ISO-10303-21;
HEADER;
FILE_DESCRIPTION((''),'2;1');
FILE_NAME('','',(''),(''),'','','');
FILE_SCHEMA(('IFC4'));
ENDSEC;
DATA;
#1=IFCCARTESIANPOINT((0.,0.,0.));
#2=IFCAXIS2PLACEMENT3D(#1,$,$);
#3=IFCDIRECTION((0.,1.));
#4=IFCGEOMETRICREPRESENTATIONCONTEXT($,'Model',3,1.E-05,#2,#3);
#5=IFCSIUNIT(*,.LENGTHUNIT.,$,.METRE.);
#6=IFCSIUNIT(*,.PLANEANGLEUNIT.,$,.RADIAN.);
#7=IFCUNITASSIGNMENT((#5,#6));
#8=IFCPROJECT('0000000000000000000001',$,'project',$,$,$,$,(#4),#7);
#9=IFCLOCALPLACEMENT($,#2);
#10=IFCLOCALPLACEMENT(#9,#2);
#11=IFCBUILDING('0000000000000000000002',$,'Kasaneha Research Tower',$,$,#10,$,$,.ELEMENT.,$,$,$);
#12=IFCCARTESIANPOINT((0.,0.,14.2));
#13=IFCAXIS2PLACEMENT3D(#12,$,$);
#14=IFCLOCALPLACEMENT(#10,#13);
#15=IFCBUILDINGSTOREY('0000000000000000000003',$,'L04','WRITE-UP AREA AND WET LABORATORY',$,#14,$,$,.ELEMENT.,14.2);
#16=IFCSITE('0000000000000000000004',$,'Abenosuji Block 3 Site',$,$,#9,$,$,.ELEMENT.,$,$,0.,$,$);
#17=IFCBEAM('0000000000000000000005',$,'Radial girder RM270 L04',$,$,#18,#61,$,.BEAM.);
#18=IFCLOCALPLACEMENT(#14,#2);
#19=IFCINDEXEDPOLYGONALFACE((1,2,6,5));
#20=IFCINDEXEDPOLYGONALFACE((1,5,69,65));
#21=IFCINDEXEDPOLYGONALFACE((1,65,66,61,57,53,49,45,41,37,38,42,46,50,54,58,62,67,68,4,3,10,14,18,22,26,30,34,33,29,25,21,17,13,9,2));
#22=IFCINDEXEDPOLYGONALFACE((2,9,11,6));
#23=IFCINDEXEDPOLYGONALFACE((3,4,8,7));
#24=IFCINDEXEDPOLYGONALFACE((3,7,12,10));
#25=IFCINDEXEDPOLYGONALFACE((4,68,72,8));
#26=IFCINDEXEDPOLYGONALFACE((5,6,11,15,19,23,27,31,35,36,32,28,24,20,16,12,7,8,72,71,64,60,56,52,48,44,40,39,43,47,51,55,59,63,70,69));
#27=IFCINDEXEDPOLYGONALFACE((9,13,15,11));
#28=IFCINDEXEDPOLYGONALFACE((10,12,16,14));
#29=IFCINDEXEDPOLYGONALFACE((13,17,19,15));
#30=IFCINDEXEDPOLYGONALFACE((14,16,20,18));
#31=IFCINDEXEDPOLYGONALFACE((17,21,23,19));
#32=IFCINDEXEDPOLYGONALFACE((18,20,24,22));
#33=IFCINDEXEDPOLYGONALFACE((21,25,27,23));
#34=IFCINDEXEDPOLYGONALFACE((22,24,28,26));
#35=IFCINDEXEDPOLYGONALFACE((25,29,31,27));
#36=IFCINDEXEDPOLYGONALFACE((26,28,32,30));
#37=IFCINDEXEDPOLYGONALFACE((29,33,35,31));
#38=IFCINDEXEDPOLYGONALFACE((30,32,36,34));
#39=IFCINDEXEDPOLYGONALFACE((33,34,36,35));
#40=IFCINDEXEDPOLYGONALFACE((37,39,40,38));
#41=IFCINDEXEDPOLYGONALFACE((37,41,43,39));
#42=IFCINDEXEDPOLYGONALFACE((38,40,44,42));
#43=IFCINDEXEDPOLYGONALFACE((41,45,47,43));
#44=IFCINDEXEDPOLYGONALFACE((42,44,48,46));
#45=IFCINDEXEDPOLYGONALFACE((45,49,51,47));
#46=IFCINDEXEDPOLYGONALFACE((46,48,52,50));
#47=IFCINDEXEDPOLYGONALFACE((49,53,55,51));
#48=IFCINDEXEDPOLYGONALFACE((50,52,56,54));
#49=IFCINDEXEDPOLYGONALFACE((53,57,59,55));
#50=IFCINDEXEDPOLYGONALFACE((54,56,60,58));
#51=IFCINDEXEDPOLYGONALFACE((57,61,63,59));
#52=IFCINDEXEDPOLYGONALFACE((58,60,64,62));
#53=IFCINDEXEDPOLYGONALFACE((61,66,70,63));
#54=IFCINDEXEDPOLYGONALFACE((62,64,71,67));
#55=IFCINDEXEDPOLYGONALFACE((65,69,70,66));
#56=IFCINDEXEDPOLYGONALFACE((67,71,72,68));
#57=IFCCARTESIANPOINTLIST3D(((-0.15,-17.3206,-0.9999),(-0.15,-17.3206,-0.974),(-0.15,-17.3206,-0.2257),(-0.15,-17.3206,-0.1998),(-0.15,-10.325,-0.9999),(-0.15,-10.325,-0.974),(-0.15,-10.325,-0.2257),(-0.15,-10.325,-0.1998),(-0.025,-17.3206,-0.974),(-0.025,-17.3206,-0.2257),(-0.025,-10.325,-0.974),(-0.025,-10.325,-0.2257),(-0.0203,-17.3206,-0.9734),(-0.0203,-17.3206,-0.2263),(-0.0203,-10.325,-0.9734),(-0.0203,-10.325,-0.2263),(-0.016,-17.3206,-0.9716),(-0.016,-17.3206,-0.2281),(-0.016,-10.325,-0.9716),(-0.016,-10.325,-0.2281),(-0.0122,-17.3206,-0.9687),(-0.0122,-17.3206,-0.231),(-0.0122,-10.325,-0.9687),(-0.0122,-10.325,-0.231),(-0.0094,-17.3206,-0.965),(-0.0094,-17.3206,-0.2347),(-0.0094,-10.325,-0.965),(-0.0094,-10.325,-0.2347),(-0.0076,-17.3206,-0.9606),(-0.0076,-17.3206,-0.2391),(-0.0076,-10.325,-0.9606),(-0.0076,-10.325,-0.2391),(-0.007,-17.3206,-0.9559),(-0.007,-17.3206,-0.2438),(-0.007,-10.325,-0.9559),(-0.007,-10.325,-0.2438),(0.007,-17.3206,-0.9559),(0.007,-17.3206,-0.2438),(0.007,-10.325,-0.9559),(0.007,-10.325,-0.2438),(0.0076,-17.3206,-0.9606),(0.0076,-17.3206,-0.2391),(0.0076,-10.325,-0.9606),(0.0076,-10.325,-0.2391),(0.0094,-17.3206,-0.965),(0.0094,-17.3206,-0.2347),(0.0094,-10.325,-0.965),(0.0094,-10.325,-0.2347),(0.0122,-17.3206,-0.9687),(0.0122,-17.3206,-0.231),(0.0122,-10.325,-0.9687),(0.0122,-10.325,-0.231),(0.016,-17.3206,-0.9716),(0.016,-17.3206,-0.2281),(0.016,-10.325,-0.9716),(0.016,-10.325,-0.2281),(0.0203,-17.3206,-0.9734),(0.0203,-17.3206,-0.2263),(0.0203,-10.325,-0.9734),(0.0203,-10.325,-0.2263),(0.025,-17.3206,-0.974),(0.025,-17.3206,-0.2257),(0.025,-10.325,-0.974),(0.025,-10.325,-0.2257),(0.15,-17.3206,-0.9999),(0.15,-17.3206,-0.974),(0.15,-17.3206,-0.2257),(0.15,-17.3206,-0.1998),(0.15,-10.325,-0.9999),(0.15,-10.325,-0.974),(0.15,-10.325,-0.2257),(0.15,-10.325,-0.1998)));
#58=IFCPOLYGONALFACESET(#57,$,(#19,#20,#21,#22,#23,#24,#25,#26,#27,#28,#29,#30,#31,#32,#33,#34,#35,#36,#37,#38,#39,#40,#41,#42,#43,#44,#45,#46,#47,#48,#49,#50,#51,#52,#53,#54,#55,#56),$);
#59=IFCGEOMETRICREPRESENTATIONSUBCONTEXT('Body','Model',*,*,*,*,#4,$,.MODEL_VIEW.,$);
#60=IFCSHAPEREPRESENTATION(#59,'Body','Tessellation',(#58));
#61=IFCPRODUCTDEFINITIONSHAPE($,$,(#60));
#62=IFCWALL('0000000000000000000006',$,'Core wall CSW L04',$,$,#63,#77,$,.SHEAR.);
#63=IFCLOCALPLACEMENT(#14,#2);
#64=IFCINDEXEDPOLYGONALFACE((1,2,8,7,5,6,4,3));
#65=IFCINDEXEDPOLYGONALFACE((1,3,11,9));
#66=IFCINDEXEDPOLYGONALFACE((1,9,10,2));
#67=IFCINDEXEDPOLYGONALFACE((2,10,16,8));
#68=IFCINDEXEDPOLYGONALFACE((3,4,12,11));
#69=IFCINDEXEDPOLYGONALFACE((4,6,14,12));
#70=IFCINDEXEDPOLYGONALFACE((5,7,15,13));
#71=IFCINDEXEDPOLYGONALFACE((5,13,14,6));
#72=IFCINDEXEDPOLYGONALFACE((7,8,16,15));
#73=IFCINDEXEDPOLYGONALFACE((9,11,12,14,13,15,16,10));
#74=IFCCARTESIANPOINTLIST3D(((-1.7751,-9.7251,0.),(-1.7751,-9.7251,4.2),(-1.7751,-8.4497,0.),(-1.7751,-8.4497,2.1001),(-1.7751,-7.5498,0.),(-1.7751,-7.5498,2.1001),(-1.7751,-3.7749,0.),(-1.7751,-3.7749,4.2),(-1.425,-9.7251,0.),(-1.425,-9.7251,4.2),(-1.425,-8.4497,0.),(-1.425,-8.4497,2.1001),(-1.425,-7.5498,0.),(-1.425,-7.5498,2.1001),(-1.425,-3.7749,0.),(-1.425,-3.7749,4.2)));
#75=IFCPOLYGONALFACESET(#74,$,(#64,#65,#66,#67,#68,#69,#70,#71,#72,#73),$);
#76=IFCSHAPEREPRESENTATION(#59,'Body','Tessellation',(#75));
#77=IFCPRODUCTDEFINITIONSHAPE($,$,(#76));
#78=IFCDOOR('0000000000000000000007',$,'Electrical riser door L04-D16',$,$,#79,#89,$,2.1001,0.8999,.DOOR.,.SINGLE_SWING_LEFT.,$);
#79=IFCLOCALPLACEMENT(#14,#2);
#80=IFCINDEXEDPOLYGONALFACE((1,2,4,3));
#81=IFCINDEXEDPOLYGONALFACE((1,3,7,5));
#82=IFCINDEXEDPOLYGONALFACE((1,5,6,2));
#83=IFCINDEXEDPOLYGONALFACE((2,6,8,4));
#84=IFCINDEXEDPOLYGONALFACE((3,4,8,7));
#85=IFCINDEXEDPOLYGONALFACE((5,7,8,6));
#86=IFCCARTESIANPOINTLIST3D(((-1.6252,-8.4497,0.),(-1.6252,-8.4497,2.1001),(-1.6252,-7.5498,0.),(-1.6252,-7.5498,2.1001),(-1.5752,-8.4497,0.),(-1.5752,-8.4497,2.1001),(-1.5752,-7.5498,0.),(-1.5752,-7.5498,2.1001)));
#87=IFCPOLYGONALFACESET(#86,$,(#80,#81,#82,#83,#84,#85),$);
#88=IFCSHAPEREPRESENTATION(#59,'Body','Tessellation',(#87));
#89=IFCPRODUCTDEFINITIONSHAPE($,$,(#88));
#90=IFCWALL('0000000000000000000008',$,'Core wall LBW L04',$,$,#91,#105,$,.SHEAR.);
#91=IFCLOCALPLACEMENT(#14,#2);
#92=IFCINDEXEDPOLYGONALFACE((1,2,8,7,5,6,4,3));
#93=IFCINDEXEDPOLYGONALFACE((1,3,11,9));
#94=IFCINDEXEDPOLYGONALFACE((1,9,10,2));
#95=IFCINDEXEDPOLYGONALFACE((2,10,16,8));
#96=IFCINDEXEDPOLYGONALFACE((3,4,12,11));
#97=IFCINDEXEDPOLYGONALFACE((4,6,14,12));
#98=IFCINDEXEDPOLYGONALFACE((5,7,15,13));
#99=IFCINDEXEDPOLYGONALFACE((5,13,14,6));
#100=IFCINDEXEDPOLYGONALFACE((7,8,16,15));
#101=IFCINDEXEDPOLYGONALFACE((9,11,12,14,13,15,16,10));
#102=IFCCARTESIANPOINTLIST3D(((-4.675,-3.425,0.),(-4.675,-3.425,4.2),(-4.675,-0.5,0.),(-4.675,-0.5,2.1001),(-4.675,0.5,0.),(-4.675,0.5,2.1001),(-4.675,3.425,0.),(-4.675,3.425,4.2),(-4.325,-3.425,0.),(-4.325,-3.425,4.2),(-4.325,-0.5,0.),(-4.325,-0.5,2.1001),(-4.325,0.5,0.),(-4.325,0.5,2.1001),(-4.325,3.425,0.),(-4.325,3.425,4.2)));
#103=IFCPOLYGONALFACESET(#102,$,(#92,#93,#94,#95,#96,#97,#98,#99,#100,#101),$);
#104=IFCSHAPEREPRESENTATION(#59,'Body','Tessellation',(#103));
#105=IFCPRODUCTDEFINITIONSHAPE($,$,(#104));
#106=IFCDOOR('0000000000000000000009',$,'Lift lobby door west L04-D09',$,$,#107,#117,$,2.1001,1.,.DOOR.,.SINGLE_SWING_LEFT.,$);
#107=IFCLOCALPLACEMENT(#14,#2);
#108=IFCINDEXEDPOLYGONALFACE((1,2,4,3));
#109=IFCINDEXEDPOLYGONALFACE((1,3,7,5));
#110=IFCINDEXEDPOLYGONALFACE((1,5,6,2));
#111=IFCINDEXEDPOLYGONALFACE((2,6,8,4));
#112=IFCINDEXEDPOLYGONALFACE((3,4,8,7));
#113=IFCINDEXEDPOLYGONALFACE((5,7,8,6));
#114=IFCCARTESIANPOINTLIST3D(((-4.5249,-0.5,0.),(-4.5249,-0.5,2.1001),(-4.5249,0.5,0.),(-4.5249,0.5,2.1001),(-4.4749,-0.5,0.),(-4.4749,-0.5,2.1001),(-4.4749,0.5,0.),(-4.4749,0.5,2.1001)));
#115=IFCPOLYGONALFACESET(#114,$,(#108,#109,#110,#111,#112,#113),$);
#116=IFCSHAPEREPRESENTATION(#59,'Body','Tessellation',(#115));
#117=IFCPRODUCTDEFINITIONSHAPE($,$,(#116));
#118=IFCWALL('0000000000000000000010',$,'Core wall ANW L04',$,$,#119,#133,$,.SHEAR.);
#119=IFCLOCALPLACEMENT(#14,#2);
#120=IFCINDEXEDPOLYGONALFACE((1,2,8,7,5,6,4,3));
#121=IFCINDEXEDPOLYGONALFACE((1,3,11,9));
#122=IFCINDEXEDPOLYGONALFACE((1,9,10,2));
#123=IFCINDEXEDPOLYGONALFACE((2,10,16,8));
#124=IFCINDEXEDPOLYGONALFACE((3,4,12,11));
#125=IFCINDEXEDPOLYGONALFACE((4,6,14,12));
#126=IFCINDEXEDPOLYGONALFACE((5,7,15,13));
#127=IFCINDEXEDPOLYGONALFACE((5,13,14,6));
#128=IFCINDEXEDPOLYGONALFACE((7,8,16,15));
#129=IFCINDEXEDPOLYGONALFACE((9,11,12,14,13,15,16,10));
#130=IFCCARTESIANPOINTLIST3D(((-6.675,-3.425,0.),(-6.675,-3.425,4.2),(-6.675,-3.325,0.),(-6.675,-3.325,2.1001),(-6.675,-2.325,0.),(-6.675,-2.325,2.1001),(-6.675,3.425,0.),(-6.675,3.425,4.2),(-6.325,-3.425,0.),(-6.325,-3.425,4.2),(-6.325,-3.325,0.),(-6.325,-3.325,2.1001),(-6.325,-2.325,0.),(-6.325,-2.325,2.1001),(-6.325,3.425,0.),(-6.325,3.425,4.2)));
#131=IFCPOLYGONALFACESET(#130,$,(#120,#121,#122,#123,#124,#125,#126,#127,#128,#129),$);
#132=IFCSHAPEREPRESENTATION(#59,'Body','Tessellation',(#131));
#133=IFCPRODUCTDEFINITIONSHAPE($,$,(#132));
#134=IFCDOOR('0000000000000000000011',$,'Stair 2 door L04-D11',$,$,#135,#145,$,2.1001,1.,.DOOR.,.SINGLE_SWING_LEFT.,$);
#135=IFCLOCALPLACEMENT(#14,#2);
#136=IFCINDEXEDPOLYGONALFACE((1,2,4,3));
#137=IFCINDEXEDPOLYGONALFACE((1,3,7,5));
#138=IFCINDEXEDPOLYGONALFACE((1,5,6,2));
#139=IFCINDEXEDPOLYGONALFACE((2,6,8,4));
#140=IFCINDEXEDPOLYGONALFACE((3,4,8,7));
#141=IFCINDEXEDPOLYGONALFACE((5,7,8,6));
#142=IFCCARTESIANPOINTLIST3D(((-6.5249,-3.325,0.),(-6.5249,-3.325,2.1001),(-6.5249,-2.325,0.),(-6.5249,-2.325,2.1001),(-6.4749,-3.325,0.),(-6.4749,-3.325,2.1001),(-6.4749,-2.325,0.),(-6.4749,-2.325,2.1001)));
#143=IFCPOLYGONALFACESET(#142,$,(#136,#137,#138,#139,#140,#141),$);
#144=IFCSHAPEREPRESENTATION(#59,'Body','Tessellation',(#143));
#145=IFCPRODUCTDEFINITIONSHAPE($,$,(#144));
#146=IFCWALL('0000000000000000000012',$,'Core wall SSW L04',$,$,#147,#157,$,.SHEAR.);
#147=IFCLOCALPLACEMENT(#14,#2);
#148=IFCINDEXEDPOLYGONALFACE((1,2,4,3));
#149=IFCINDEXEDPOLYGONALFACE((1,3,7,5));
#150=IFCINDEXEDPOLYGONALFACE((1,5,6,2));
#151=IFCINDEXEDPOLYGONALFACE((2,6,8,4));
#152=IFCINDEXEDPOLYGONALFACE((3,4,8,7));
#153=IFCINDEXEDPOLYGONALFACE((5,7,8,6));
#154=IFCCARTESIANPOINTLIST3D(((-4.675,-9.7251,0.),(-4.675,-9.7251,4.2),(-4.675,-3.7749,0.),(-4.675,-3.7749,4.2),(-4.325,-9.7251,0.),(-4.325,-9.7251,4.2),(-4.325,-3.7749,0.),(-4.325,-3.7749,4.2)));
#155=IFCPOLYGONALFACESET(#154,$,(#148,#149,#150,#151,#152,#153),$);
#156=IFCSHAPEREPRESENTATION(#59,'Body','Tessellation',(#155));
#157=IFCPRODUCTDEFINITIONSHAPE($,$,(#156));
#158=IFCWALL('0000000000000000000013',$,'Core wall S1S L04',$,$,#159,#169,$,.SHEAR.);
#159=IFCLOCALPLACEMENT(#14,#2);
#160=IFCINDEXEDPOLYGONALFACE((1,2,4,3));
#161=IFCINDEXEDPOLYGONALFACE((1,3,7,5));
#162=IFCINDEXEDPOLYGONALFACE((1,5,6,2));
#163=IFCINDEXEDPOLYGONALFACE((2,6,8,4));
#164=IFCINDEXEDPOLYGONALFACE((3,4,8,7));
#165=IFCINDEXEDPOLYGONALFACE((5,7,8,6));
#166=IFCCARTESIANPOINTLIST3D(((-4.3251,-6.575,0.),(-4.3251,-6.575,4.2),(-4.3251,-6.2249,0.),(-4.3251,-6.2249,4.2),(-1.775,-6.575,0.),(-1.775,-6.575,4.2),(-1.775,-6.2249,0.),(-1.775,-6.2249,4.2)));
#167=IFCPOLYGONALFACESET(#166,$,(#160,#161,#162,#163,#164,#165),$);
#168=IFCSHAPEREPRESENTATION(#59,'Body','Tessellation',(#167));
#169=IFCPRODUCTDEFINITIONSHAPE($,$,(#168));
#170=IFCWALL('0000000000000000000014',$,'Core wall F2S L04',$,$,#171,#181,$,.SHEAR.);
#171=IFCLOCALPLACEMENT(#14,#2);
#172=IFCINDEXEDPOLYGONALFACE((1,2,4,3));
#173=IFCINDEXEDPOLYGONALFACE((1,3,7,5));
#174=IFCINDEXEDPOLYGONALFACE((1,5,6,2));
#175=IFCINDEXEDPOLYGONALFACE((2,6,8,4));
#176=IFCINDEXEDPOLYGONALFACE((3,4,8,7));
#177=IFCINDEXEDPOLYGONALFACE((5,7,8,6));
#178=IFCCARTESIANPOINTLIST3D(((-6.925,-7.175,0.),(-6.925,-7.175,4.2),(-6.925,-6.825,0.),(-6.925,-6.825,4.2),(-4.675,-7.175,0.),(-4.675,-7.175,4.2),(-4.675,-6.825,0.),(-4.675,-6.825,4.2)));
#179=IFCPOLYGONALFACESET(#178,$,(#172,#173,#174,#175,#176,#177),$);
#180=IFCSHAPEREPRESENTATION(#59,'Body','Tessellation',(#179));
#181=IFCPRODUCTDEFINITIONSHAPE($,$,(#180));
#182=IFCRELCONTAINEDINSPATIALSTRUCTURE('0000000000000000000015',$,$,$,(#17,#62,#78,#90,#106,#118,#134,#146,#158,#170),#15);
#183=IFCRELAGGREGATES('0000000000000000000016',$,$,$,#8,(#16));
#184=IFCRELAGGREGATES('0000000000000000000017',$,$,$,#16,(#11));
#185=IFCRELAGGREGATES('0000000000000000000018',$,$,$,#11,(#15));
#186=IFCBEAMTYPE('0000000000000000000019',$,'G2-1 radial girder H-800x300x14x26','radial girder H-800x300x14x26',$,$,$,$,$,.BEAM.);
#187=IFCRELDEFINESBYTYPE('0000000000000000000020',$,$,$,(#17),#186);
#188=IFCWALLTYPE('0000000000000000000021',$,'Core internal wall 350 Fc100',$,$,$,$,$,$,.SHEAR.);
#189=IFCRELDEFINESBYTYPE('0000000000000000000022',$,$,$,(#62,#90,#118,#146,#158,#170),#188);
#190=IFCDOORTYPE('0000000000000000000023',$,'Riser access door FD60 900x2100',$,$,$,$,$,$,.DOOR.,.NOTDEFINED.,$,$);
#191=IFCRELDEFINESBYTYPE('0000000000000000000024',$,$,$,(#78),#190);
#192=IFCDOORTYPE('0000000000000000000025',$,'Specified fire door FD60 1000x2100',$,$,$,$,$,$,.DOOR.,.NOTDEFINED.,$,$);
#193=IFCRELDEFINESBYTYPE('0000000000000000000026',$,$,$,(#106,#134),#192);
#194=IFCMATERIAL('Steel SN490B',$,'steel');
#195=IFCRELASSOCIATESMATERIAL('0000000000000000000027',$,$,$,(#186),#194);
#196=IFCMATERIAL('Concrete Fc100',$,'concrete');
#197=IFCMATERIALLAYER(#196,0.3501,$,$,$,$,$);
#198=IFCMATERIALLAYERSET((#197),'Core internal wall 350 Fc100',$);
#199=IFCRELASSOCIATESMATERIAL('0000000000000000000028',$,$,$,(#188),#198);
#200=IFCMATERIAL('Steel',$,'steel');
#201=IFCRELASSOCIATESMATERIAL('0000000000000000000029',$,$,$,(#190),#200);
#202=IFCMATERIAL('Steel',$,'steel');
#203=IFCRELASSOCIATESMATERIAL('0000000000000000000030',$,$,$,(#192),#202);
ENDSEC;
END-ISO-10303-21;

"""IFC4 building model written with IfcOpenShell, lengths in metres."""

from ifc_helpers import new_model, si_unit, direction, frame, frame_2d, origin, origin_2d, place, context, subcontext, project, spatial, rectangle, i_section, extrude, material, layer, layer_set, material_profile, profile_set, type_object, element, fill, save


model = new_model("IFC4")

# Units and contexts
model_context = context("Model", 3, precision=1e-05, world=origin(), true_north=direction((0.0, 1.0)))
body_context = subcontext(model_context, "Body", "Model", "MODEL_VIEW")
ifc_project = project(units=[si_unit("LENGTHUNIT", "METRE"), si_unit("PLANEANGLEUNIT", "RADIAN")], contexts=[model_context])

# Site, building, storey
site_placement = place(None, origin())
site = spatial("IfcSite", under=ifc_project, at=site_placement, Name="Abenosuji Block 3 Site", CompositionType="ELEMENT", RefElevation=0.0)
building_placement = place(site_placement, origin())
building = spatial("IfcBuilding", under=site, at=building_placement, Name="Kasaneha Research Tower", CompositionType="ELEMENT")
storey_placement = place(building_placement, frame((0.0, 0.0, 14.2)))
storey = spatial("IfcBuildingStorey", under=building, at=storey_placement, Name="L04", Description="WRITE-UP AREA AND WET LABORATORY", CompositionType="ELEMENT", Elevation=14.2)

# Beam
ifc_material_1 = material(Name="Steel SN490B", Category="steel")
ifc_material_profile_1 = material_profile(ifc_material_1, i_section(OverallWidth=0.3, OverallDepth=0.8, WebThickness=0.0139, FlangeThickness=0.0259, FilletRadius=0.0181, at=origin_2d()), Name="H-800x300x14x26")
ifc_profile_set_1 = profile_set([ifc_material_profile_1], Name="Steel SN490B")
beam_type_1 = type_object("IfcBeamType", Name="G2-1 radial girder H-800x300x14x26", Description="radial girder H-800x300x14x26", PredefinedType="BEAM", material=ifc_profile_set_1)
beam_1_placement = place(storey_placement, frame((0.0, -10.325, -0.5999), z_axis=(0.0, -1.0, 0.0), x_axis=(1.0, 0.0, 0.0)))
element("IfcBeam", 1, at=beam_1_placement, inside=storey, type_object=beam_type_1, Name="Radial girder RM270 L04", PredefinedType="BEAM", context=body_context, shape_type="SweptSolid", body=[
    extrude(i_section(OverallWidth=0.3, OverallDepth=0.8, WebThickness=0.0139, FlangeThickness=0.0259, FilletRadius=0.0181, at=origin_2d()), origin(), (0.0, 0.0, 1.0), 6.9956),
])

# Walls, openings, doors
ifc_material_2 = material(Name="Concrete Fc100", Category="concrete")
ifc_layer_1 = layer(ifc_material_2, 0.3501)
ifc_layer_set_1 = layer_set([ifc_layer_1], Name="Core internal wall 350 Fc100")
wall_type_1 = type_object("IfcWallType", Name="Core internal wall 350 Fc100", PredefinedType="SHEAR", material=ifc_layer_set_1)
wall_1_placement = place(storey_placement, frame((-1.6001, -3.7749, 0.0), z_axis=(0.0, 0.0, 1.0), x_axis=(0.0, -1.0, 0.0)))
wall_1 = element("IfcWall", 2, at=wall_1_placement, inside=storey, type_object=wall_type_1, Name="Core wall CSW L04", PredefinedType="SHEAR", context=body_context, shape_type="SweptSolid", body=[
    extrude(rectangle(XDim=5.9502, YDim=0.3501, at=frame_2d((2.9751, 0.0))), origin(), (0.0, 0.0, 1.0), 4.2),
])
opening_1_placement = place(wall_1_placement, frame((3.7749, 0.0, 0.0)))
opening_1 = element("IfcOpeningElement", 3, at=opening_1_placement, cuts=wall_1, PredefinedType="OPENING", context=body_context, shape_type="SweptSolid", body=[
    extrude(rectangle(XDim=0.8999, YDim=2.1001, at=frame_2d((0.45, 1.05))), frame((0.0, 0.1851, 0.0), z_axis=(0.0, -1.0, 0.0), x_axis=(1.0, 0.0, 0.0)), (0.0, 0.0, 1.0), 0.3701),
])
ifc_material_3 = material(Name="Steel", Category="steel")
door_type_1 = type_object("IfcDoorType", Name="Riser access door FD60 900x2100", OperationType="NOTDEFINED", PredefinedType="DOOR", material=ifc_material_3)
door_1_placement = place(opening_1_placement, origin())
door_1 = element("IfcDoor", 4, at=door_1_placement, inside=storey, type_object=door_type_1, Name="Electrical riser door L04-D16", OperationType="SINGLE_SWING_LEFT", OverallHeight=2.1001, OverallWidth=0.8999, PredefinedType="DOOR", context=body_context, shape_type="SweptSolid", body=[
    extrude(rectangle(XDim=0.8999, YDim=2.1001, at=frame_2d((0.45, 1.05))), frame((0.0, 0.0249, 0.0), z_axis=(0.0, -1.0, 0.0), x_axis=(1.0, 0.0, 0.0)), (0.0, 0.0, 1.0), 0.05),
])
fill(opening_1, door_1)
wall_2_placement = place(storey_placement, frame((-4.5, -3.425, 0.0), z_axis=(0.0, 0.0, 1.0), x_axis=(0.0, 1.0, 0.0)))
wall_2 = element("IfcWall", 5, at=wall_2_placement, inside=storey, type_object=wall_type_1, Name="Core wall LBW L04", PredefinedType="SHEAR", context=body_context, shape_type="SweptSolid", body=[
    extrude(rectangle(XDim=6.8501, YDim=0.3501, at=frame_2d((3.425, 0.0))), origin(), (0.0, 0.0, 1.0), 4.2),
])
opening_2_placement = place(wall_2_placement, frame((2.925, 0.0, 0.0)))
opening_2 = element("IfcOpeningElement", 6, at=opening_2_placement, cuts=wall_2, PredefinedType="OPENING", context=body_context, shape_type="SweptSolid", body=[
    extrude(rectangle(XDim=1.0, YDim=2.1001, at=frame_2d((0.5, 1.05))), frame((0.0, 0.1851, 0.0), z_axis=(0.0, -1.0, 0.0), x_axis=(1.0, 0.0, 0.0)), (0.0, 0.0, 1.0), 0.3701),
])
ifc_material_4 = material(Name="Steel", Category="steel")
door_type_2 = type_object("IfcDoorType", Name="Specified fire door FD60 1000x2100", OperationType="NOTDEFINED", PredefinedType="DOOR", material=ifc_material_4)
door_2_placement = place(opening_2_placement, origin())
door_2 = element("IfcDoor", 7, at=door_2_placement, inside=storey, type_object=door_type_2, Name="Lift lobby door west L04-D09", OperationType="SINGLE_SWING_LEFT", OverallHeight=2.1001, OverallWidth=1.0, PredefinedType="DOOR", context=body_context, shape_type="SweptSolid", body=[
    extrude(rectangle(XDim=1.0, YDim=2.1001, at=frame_2d((0.5, 1.05))), frame((0.0, 0.0249, 0.0), z_axis=(0.0, -1.0, 0.0), x_axis=(1.0, 0.0, 0.0)), (0.0, 0.0, 1.0), 0.05),
])
fill(opening_2, door_2)
wall_3_placement = place(storey_placement, frame((-6.5, -3.425, 0.0), z_axis=(0.0, 0.0, 1.0), x_axis=(0.0, 1.0, 0.0)))
wall_3 = element("IfcWall", 8, at=wall_3_placement, inside=storey, type_object=wall_type_1, Name="Core wall ANW L04", PredefinedType="SHEAR", context=body_context, shape_type="SweptSolid", body=[
    extrude(rectangle(XDim=6.8501, YDim=0.3501, at=frame_2d((3.425, 0.0))), origin(), (0.0, 0.0, 1.0), 4.2),
])
opening_3_placement = place(wall_3_placement, frame((0.1001, 0.0, 0.0)))
opening_3 = element("IfcOpeningElement", 9, at=opening_3_placement, cuts=wall_3, PredefinedType="OPENING", context=body_context, shape_type="SweptSolid", body=[
    extrude(rectangle(XDim=1.0, YDim=2.1001, at=frame_2d((0.5, 1.05))), frame((0.0, 0.1851, 0.0), z_axis=(0.0, -1.0, 0.0), x_axis=(1.0, 0.0, 0.0)), (0.0, 0.0, 1.0), 0.3701),
])
door_3_placement = place(opening_3_placement, origin())
door_3 = element("IfcDoor", 10, at=door_3_placement, inside=storey, type_object=door_type_2, Name="Stair 2 door L04-D11", OperationType="SINGLE_SWING_LEFT", OverallHeight=2.1001, OverallWidth=1.0, PredefinedType="DOOR", context=body_context, shape_type="SweptSolid", body=[
    extrude(rectangle(XDim=1.0, YDim=2.1001, at=frame_2d((0.5, 1.05))), frame((0.0, 0.0249, 0.0), z_axis=(0.0, -1.0, 0.0), x_axis=(1.0, 0.0, 0.0)), (0.0, 0.0, 1.0), 0.05),
])
fill(opening_3, door_3)

# Walls
wall_4_placement = place(storey_placement, frame((-4.5, -3.7749, 0.0), z_axis=(0.0, 0.0, 1.0), x_axis=(0.0, -1.0, 0.0)))
element("IfcWall", 11, at=wall_4_placement, inside=storey, type_object=wall_type_1, Name="Core wall SSW L04", PredefinedType="SHEAR", context=body_context, shape_type="SweptSolid", body=[
    extrude(rectangle(XDim=5.9502, YDim=0.3501, at=frame_2d((2.9751, 0.0))), origin(), (0.0, 0.0, 1.0), 4.2),
])
wall_5_placement = place(storey_placement, frame((-4.325, -6.3999, 0.0), z_axis=(0.0, 0.0, 1.0), x_axis=(1.0, 0.0, 0.0)))
element("IfcWall", 12, at=wall_5_placement, inside=storey, type_object=wall_type_1, Name="Core wall S1S L04", PredefinedType="SHEAR", context=body_context, shape_type="SweptSolid", body=[
    extrude(rectangle(XDim=2.55, YDim=0.3501, at=frame_2d((1.2749, 0.0))), origin(), (0.0, 0.0, 1.0), 4.2),
])
wall_6_placement = place(storey_placement, frame((-6.925, -7.0, 0.0), z_axis=(0.0, 0.0, 1.0), x_axis=(1.0, 0.0, 0.0)))
element("IfcWall", 13, at=wall_6_placement, inside=storey, type_object=wall_type_1, Name="Core wall F2S L04", PredefinedType="SHEAR", context=body_context, shape_type="SweptSolid", body=[
    extrude(rectangle(XDim=2.25, YDim=0.3501, at=frame_2d((1.125, 0.0))), origin(), (0.0, 0.0, 1.0), 4.2),
])

save(model, "model.ifc")
